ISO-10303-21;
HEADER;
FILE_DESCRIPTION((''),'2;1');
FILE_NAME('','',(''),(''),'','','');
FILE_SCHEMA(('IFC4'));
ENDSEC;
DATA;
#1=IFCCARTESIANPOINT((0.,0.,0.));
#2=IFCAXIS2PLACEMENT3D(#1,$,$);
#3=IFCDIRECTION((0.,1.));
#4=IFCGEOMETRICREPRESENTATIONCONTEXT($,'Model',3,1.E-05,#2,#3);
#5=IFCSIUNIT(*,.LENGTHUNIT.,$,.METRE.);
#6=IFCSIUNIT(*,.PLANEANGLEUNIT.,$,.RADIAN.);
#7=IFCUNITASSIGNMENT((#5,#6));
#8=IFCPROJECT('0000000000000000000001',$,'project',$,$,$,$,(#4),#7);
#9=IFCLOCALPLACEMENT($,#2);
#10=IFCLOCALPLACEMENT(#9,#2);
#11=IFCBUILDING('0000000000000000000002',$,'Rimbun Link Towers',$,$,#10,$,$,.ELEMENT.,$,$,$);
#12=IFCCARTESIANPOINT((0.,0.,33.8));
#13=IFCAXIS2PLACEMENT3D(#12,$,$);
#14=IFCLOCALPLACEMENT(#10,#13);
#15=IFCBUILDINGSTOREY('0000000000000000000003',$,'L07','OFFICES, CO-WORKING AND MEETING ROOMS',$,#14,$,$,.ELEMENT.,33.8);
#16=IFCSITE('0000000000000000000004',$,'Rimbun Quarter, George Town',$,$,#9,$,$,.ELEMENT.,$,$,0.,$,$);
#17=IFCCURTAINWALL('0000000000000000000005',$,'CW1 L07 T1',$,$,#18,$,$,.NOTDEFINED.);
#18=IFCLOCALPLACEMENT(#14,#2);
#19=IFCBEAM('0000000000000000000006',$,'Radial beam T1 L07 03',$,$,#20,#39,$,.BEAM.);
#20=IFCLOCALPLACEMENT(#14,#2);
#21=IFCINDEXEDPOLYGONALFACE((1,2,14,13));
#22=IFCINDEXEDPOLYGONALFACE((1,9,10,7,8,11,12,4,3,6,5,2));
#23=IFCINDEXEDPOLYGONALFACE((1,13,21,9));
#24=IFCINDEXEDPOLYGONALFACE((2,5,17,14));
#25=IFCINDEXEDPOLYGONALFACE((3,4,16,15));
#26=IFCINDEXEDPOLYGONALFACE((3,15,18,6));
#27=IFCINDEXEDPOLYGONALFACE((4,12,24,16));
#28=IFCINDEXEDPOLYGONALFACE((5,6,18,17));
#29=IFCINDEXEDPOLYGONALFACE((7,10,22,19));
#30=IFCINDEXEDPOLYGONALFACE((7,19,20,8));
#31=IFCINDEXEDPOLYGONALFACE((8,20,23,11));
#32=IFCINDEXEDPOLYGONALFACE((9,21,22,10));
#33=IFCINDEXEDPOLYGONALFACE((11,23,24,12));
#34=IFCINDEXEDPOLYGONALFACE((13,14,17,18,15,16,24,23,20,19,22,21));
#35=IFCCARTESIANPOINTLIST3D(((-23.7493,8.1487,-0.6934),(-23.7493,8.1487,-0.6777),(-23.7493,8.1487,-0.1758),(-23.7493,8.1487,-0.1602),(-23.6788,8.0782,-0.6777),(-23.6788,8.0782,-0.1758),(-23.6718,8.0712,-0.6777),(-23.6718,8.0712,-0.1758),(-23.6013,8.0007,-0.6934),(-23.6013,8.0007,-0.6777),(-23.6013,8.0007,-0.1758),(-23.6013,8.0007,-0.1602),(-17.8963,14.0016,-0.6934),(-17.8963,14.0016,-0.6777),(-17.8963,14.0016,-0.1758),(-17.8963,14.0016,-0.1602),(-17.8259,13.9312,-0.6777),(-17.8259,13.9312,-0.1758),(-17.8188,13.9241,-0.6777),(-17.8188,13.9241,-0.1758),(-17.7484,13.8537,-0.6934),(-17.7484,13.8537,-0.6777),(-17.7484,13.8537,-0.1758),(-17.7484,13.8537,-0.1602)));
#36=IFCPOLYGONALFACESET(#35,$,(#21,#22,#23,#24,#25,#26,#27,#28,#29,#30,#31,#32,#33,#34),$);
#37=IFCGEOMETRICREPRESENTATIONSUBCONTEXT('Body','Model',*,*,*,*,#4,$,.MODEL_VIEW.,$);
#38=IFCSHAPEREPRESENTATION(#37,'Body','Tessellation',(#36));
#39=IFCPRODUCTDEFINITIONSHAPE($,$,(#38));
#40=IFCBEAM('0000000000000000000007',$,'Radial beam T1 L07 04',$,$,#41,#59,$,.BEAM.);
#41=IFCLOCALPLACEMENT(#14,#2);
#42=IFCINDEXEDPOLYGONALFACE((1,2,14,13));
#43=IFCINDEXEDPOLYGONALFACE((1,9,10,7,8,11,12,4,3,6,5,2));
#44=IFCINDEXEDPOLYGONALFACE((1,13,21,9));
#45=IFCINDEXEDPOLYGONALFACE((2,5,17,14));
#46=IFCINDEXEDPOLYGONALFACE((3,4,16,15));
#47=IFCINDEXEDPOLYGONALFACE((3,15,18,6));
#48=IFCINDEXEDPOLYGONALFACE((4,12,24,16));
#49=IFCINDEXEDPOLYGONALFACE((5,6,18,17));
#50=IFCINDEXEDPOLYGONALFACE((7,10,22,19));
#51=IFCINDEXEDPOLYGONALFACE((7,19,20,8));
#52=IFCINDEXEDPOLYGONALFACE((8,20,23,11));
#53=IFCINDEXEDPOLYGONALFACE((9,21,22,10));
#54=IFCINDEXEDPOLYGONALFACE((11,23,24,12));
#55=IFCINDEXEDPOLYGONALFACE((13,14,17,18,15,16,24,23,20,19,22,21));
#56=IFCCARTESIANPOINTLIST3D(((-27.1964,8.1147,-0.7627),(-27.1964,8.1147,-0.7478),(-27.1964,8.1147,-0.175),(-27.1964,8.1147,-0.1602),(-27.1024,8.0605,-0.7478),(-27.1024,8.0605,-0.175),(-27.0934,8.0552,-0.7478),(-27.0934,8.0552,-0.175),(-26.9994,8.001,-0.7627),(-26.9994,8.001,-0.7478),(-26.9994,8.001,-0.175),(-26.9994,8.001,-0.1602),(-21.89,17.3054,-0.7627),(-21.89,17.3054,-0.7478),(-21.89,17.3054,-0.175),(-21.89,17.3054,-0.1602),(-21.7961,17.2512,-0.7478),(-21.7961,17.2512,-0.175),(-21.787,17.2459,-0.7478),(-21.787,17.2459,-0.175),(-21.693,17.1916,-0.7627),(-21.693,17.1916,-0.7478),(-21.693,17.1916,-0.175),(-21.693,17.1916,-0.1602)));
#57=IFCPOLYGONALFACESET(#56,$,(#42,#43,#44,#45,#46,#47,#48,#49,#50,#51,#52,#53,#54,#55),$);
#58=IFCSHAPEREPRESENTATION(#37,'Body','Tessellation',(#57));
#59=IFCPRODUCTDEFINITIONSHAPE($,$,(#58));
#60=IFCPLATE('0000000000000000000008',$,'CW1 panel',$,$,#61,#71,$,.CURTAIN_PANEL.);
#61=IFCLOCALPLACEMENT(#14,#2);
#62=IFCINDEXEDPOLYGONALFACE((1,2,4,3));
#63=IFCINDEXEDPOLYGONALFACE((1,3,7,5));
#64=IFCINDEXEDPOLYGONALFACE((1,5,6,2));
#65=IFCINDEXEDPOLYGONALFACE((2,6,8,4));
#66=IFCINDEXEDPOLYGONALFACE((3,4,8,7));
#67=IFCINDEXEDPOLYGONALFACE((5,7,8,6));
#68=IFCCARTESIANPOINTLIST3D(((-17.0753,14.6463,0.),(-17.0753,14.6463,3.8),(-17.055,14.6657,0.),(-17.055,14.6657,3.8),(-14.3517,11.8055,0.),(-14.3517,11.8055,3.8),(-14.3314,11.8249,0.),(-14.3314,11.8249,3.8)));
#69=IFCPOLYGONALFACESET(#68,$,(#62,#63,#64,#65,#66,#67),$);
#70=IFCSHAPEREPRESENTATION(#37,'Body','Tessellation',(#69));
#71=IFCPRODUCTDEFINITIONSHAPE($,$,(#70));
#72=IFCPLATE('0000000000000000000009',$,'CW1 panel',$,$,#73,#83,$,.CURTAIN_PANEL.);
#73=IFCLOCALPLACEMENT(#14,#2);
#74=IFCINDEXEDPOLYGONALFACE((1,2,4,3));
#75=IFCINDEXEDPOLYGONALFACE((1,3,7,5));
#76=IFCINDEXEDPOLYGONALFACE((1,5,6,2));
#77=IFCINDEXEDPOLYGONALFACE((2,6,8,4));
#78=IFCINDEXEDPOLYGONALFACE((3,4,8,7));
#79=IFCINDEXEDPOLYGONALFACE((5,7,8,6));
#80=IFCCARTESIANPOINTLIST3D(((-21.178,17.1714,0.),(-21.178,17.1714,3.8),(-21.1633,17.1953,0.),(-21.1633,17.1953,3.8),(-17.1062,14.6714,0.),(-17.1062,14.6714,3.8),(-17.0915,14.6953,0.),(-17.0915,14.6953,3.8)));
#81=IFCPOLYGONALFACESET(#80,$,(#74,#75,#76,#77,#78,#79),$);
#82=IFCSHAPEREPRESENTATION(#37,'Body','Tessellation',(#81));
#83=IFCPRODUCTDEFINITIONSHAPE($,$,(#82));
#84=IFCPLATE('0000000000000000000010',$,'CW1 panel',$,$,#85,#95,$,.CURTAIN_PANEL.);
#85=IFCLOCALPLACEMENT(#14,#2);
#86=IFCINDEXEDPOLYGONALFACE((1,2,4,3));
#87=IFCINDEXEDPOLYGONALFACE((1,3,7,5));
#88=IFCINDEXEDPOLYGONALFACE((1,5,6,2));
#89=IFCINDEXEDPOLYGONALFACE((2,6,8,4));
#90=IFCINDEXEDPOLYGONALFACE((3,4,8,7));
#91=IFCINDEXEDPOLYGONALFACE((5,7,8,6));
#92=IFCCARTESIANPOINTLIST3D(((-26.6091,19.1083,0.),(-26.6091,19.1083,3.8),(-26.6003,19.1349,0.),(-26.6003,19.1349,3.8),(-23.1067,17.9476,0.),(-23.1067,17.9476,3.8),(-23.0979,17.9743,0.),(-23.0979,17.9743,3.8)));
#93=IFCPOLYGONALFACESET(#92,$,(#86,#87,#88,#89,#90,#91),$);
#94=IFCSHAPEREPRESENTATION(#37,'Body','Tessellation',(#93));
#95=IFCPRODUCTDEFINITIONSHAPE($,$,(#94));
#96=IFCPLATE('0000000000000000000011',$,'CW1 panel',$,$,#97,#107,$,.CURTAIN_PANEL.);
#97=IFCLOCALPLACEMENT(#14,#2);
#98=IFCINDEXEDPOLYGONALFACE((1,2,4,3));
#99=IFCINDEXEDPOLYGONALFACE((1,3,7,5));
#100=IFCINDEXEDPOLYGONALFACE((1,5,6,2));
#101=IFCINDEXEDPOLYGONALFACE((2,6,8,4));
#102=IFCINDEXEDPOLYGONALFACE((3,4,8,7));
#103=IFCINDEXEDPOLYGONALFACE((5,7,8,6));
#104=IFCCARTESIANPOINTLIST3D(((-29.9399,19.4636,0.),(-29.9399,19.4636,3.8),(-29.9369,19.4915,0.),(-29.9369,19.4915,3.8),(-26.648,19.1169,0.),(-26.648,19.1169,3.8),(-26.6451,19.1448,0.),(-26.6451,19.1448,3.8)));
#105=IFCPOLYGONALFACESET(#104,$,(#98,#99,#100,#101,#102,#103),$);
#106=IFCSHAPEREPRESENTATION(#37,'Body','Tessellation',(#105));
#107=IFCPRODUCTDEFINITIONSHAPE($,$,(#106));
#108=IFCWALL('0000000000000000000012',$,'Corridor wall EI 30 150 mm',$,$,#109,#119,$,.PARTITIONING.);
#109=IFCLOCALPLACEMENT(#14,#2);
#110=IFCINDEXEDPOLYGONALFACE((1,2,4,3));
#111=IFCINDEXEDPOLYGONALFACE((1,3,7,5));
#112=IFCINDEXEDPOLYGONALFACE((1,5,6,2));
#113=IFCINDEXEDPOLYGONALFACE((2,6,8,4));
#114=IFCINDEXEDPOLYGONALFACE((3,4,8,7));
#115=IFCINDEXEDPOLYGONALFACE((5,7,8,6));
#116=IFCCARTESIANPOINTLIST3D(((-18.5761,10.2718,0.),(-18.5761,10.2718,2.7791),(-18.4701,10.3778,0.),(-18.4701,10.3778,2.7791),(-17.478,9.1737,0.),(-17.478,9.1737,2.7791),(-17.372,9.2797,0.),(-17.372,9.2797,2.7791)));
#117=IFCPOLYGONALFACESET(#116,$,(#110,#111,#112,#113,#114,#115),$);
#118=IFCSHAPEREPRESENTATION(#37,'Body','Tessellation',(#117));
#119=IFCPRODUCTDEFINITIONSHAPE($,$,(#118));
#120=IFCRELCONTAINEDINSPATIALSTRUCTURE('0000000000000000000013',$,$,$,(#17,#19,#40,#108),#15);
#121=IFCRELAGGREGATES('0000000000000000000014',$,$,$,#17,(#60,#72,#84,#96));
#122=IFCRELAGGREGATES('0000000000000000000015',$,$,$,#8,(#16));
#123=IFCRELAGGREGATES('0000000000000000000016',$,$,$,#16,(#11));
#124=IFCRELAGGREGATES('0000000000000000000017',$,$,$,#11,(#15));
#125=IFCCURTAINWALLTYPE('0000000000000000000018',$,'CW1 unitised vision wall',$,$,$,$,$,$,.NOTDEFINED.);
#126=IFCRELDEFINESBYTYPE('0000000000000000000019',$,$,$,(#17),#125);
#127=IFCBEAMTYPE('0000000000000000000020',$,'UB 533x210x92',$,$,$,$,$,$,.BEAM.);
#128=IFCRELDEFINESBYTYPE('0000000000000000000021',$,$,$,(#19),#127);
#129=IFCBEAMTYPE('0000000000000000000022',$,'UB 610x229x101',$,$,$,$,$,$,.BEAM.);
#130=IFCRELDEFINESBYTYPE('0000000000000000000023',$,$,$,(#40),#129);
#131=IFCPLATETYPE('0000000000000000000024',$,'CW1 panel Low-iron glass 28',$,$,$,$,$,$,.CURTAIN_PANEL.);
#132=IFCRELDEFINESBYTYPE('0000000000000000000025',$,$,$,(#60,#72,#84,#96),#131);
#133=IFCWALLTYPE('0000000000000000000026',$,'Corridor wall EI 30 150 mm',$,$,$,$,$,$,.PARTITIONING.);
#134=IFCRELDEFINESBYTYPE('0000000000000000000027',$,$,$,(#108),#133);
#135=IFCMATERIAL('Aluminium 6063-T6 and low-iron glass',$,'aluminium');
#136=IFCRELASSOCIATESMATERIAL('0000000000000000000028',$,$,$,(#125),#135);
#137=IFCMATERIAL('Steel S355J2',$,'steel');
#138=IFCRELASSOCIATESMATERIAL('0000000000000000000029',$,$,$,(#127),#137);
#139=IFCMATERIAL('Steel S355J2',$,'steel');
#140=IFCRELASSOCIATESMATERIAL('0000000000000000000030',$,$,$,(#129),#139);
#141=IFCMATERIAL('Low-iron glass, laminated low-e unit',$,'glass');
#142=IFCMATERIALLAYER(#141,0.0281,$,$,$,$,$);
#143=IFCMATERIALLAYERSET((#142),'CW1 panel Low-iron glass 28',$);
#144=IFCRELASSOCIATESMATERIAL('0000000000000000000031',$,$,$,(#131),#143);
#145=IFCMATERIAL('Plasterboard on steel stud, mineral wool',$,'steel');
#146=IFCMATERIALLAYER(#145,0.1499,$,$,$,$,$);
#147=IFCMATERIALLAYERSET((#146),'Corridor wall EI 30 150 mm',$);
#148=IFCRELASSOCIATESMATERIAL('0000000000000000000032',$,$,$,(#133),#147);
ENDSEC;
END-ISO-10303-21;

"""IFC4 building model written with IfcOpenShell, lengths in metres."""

from ifc_helpers import new_model, si_unit, direction, frame, frame_2d, origin, origin_2d, place, context, subcontext, project, spatial, rectangle, i_section, extrude, material, layer, layer_set, material_profile, profile_set, type_object, element, aggregate, save


model = new_model("IFC4")

# Units and contexts
model_context = context("Model", 3, precision=1e-05, world=origin(), true_north=direction((0.0, 1.0)))
body_context = subcontext(model_context, "Body", "Model", "MODEL_VIEW")
ifc_project = project(units=[si_unit("LENGTHUNIT", "METRE"), si_unit("PLANEANGLEUNIT", "RADIAN")], contexts=[model_context])

# Site, building, storey
site_placement = place(None, origin())
site = spatial("IfcSite", under=ifc_project, at=site_placement, Name="Rimbun Quarter, George Town", CompositionType="ELEMENT", RefElevation=0.0)
building_placement = place(site_placement, origin())
building = spatial("IfcBuilding", under=site, at=building_placement, Name="Rimbun Link Towers", CompositionType="ELEMENT")
storey_placement = place(building_placement, frame((0.0, 0.0, 33.8)))
storey = spatial("IfcBuildingStorey", under=building, at=storey_placement, Name="L07", Description="OFFICES, CO-WORKING AND MEETING ROOMS", CompositionType="ELEMENT", Elevation=33.8)

# Curtain wall
ifc_material_1 = material(Name="Aluminium 6063-T6 and low-iron glass", Category="aluminium")
curtain_wall_type = type_object("IfcCurtainWallType", Name="CW1 unitised vision wall", PredefinedType="NOTDEFINED", material=ifc_material_1)
curtain_wall_placement = place(storey_placement, origin())
curtain_wall = element("IfcCurtainWall", 1, at=curtain_wall_placement, inside=storey, type_object=curtain_wall_type, Name="CW1 L07 T1", PredefinedType="NOTDEFINED")

# Beams
ifc_material_2 = material(Name="Steel S355J2", Category="steel")
ifc_material_profile_1 = material_profile(ifc_material_2, i_section(OverallWidth=0.2092, OverallDepth=0.5332, WebThickness=0.01, FlangeThickness=0.0156, at=origin_2d()), Name="UB 533x210x92")
ifc_profile_set_1 = profile_set([ifc_material_profile_1], Name="Steel S355J2")
beam_type_1 = type_object("IfcBeamType", Name="UB 533x210x92", PredefinedType="BEAM", material=ifc_profile_set_1)
beam_1_placement = place(storey_placement, frame((-23.6753, 8.0747, -0.4268), z_axis=(0.707107, 0.707107, 0.0), x_axis=(-0.707107, 0.707107, 0.0)))
element("IfcBeam", 2, at=beam_1_placement, inside=storey, type_object=beam_type_1, Name="Radial beam T1 L07 03", PredefinedType="BEAM", context=body_context, shape_type="SweptSolid", body=[
    extrude(i_section(OverallWidth=0.2092, OverallDepth=0.5332, WebThickness=0.01, FlangeThickness=0.0156, at=origin_2d()), origin(), (0.0, 0.0, 1.0), 8.2773),
])
ifc_material_3 = material(Name="Steel S355J2", Category="steel")
ifc_material_profile_2 = material_profile(ifc_material_3, i_section(OverallWidth=0.2275, OverallDepth=0.6025, WebThickness=0.0105, FlangeThickness=0.0149, at=origin_2d()), Name="UB 610x229x101")
ifc_profile_set_2 = profile_set([ifc_material_profile_2], Name="Steel S355J2")
beam_type_2 = type_object("IfcBeamType", Name="UB 610x229x101", PredefinedType="BEAM", material=ifc_profile_set_2)
beam_2_placement = place(storey_placement, frame((-27.0979, 8.0579, -0.4614), z_axis=(0.500011, 0.866019, 0.0), x_axis=(-0.866019, 0.500011, 0.0)))
element("IfcBeam", 3, at=beam_2_placement, inside=storey, type_object=beam_type_2, Name="Radial beam T1 L07 04", PredefinedType="BEAM", context=body_context, shape_type="SweptSolid", body=[
    extrude(i_section(OverallWidth=0.2275, OverallDepth=0.6025, WebThickness=0.0105, FlangeThickness=0.0149, at=origin_2d()), origin(), (0.0, 0.0, 1.0), 10.6125),
])

# Plates
ifc_material_4 = material(Name="Low-iron glass, laminated low-e unit", Category="glass")
ifc_layer_1 = layer(ifc_material_4, 0.0281)
ifc_layer_set_1 = layer_set([ifc_layer_1], Name="CW1 panel Low-iron glass 28")
plate_type = type_object("IfcPlateType", Name="CW1 panel Low-iron glass 28", PredefinedType="CURTAIN_PANEL", material=ifc_layer_set_1)
plate_1_placement = place(storey_placement, frame((-15.7034, 13.2356, 0.0), z_axis=(0.0, 0.0, 1.0), x_axis=(0.692056, -0.721844, 0.0)))
plate_1 = element("IfcPlate", 4, at=plate_1_placement, type_object=plate_type, Name="CW1 panel", PredefinedType="CURTAIN_PANEL", context=body_context, shape_type="SweptSolid", body=[
    extrude(rectangle(XDim=3.9355, YDim=0.0281, at=origin_2d()), origin(), (0.0, 0.0, 1.0), 3.8),
])
plate_2_placement = place(storey_placement, frame((-19.1348, 15.9333, 0.0), z_axis=(0.0, 0.0, 1.0), x_axis=(0.85219, -0.523232, 0.0)))
plate_2 = element("IfcPlate", 5, at=plate_2_placement, type_object=plate_type, Name="CW1 panel", PredefinedType="CURTAIN_PANEL", context=body_context, shape_type="SweptSolid", body=[
    extrude(rectangle(XDim=4.7781, YDim=0.0281, at=origin_2d()), origin(), (0.0, 0.0, 1.0), 3.8),
])
plate_3_placement = place(storey_placement, frame((-24.8535, 18.5413, 0.0), z_axis=(0.0, 0.0, 1.0), x_axis=(0.949236, -0.314564, 0.0)))
plate_3 = element("IfcPlate", 6, at=plate_3_placement, type_object=plate_type, Name="CW1 panel", PredefinedType="CURTAIN_PANEL", context=body_context, shape_type="SweptSolid", body=[
    extrude(rectangle(XDim=3.6897, YDim=0.0281, at=origin_2d()), origin(), (0.0, 0.0, 1.0), 3.8),
])
plate_4_placement = place(storey_placement, frame((-28.2925, 19.3042, 0.0), z_axis=(0.0, 0.0, 1.0), x_axis=(0.994498, -0.104755, 0.0)))
plate_4 = element("IfcPlate", 7, at=plate_4_placement, type_object=plate_type, Name="CW1 panel", PredefinedType="CURTAIN_PANEL", context=body_context, shape_type="SweptSolid", body=[
    extrude(rectangle(XDim=3.3101, YDim=0.0281, at=origin_2d()), origin(), (0.0, 0.0, 1.0), 3.8),
])
aggregate(curtain_wall, [plate_1, plate_2, plate_3, plate_4])

# Wall
ifc_material_5 = material(Name="Plasterboard on steel stud, mineral wool", Category="steel")
ifc_layer_2 = layer(ifc_material_5, 0.1499)
ifc_layer_set_2 = layer_set([ifc_layer_2], Name="Corridor wall EI 30 150 mm")
wall_type_1 = type_object("IfcWallType", Name="Corridor wall EI 30 150 mm", PredefinedType="PARTITIONING", material=ifc_layer_set_2)
wall_1_placement = place(storey_placement, frame((-17.425, 9.2268, 0.0), z_axis=(0.0, 0.0, 1.0), x_axis=(-0.707107, 0.707107, 0.0)))
element("IfcWall", 8, at=wall_1_placement, inside=storey, type_object=wall_type_1, Name="Corridor wall EI 30 150 mm", PredefinedType="PARTITIONING", context=body_context, shape_type="SweptSolid", body=[
    extrude(rectangle(XDim=1.553, YDim=0.1499, at=frame_2d((0.7764, 0.0))), origin(), (0.0, 0.0, 1.0), 2.7791),
])

save(model, "model.ifc")
